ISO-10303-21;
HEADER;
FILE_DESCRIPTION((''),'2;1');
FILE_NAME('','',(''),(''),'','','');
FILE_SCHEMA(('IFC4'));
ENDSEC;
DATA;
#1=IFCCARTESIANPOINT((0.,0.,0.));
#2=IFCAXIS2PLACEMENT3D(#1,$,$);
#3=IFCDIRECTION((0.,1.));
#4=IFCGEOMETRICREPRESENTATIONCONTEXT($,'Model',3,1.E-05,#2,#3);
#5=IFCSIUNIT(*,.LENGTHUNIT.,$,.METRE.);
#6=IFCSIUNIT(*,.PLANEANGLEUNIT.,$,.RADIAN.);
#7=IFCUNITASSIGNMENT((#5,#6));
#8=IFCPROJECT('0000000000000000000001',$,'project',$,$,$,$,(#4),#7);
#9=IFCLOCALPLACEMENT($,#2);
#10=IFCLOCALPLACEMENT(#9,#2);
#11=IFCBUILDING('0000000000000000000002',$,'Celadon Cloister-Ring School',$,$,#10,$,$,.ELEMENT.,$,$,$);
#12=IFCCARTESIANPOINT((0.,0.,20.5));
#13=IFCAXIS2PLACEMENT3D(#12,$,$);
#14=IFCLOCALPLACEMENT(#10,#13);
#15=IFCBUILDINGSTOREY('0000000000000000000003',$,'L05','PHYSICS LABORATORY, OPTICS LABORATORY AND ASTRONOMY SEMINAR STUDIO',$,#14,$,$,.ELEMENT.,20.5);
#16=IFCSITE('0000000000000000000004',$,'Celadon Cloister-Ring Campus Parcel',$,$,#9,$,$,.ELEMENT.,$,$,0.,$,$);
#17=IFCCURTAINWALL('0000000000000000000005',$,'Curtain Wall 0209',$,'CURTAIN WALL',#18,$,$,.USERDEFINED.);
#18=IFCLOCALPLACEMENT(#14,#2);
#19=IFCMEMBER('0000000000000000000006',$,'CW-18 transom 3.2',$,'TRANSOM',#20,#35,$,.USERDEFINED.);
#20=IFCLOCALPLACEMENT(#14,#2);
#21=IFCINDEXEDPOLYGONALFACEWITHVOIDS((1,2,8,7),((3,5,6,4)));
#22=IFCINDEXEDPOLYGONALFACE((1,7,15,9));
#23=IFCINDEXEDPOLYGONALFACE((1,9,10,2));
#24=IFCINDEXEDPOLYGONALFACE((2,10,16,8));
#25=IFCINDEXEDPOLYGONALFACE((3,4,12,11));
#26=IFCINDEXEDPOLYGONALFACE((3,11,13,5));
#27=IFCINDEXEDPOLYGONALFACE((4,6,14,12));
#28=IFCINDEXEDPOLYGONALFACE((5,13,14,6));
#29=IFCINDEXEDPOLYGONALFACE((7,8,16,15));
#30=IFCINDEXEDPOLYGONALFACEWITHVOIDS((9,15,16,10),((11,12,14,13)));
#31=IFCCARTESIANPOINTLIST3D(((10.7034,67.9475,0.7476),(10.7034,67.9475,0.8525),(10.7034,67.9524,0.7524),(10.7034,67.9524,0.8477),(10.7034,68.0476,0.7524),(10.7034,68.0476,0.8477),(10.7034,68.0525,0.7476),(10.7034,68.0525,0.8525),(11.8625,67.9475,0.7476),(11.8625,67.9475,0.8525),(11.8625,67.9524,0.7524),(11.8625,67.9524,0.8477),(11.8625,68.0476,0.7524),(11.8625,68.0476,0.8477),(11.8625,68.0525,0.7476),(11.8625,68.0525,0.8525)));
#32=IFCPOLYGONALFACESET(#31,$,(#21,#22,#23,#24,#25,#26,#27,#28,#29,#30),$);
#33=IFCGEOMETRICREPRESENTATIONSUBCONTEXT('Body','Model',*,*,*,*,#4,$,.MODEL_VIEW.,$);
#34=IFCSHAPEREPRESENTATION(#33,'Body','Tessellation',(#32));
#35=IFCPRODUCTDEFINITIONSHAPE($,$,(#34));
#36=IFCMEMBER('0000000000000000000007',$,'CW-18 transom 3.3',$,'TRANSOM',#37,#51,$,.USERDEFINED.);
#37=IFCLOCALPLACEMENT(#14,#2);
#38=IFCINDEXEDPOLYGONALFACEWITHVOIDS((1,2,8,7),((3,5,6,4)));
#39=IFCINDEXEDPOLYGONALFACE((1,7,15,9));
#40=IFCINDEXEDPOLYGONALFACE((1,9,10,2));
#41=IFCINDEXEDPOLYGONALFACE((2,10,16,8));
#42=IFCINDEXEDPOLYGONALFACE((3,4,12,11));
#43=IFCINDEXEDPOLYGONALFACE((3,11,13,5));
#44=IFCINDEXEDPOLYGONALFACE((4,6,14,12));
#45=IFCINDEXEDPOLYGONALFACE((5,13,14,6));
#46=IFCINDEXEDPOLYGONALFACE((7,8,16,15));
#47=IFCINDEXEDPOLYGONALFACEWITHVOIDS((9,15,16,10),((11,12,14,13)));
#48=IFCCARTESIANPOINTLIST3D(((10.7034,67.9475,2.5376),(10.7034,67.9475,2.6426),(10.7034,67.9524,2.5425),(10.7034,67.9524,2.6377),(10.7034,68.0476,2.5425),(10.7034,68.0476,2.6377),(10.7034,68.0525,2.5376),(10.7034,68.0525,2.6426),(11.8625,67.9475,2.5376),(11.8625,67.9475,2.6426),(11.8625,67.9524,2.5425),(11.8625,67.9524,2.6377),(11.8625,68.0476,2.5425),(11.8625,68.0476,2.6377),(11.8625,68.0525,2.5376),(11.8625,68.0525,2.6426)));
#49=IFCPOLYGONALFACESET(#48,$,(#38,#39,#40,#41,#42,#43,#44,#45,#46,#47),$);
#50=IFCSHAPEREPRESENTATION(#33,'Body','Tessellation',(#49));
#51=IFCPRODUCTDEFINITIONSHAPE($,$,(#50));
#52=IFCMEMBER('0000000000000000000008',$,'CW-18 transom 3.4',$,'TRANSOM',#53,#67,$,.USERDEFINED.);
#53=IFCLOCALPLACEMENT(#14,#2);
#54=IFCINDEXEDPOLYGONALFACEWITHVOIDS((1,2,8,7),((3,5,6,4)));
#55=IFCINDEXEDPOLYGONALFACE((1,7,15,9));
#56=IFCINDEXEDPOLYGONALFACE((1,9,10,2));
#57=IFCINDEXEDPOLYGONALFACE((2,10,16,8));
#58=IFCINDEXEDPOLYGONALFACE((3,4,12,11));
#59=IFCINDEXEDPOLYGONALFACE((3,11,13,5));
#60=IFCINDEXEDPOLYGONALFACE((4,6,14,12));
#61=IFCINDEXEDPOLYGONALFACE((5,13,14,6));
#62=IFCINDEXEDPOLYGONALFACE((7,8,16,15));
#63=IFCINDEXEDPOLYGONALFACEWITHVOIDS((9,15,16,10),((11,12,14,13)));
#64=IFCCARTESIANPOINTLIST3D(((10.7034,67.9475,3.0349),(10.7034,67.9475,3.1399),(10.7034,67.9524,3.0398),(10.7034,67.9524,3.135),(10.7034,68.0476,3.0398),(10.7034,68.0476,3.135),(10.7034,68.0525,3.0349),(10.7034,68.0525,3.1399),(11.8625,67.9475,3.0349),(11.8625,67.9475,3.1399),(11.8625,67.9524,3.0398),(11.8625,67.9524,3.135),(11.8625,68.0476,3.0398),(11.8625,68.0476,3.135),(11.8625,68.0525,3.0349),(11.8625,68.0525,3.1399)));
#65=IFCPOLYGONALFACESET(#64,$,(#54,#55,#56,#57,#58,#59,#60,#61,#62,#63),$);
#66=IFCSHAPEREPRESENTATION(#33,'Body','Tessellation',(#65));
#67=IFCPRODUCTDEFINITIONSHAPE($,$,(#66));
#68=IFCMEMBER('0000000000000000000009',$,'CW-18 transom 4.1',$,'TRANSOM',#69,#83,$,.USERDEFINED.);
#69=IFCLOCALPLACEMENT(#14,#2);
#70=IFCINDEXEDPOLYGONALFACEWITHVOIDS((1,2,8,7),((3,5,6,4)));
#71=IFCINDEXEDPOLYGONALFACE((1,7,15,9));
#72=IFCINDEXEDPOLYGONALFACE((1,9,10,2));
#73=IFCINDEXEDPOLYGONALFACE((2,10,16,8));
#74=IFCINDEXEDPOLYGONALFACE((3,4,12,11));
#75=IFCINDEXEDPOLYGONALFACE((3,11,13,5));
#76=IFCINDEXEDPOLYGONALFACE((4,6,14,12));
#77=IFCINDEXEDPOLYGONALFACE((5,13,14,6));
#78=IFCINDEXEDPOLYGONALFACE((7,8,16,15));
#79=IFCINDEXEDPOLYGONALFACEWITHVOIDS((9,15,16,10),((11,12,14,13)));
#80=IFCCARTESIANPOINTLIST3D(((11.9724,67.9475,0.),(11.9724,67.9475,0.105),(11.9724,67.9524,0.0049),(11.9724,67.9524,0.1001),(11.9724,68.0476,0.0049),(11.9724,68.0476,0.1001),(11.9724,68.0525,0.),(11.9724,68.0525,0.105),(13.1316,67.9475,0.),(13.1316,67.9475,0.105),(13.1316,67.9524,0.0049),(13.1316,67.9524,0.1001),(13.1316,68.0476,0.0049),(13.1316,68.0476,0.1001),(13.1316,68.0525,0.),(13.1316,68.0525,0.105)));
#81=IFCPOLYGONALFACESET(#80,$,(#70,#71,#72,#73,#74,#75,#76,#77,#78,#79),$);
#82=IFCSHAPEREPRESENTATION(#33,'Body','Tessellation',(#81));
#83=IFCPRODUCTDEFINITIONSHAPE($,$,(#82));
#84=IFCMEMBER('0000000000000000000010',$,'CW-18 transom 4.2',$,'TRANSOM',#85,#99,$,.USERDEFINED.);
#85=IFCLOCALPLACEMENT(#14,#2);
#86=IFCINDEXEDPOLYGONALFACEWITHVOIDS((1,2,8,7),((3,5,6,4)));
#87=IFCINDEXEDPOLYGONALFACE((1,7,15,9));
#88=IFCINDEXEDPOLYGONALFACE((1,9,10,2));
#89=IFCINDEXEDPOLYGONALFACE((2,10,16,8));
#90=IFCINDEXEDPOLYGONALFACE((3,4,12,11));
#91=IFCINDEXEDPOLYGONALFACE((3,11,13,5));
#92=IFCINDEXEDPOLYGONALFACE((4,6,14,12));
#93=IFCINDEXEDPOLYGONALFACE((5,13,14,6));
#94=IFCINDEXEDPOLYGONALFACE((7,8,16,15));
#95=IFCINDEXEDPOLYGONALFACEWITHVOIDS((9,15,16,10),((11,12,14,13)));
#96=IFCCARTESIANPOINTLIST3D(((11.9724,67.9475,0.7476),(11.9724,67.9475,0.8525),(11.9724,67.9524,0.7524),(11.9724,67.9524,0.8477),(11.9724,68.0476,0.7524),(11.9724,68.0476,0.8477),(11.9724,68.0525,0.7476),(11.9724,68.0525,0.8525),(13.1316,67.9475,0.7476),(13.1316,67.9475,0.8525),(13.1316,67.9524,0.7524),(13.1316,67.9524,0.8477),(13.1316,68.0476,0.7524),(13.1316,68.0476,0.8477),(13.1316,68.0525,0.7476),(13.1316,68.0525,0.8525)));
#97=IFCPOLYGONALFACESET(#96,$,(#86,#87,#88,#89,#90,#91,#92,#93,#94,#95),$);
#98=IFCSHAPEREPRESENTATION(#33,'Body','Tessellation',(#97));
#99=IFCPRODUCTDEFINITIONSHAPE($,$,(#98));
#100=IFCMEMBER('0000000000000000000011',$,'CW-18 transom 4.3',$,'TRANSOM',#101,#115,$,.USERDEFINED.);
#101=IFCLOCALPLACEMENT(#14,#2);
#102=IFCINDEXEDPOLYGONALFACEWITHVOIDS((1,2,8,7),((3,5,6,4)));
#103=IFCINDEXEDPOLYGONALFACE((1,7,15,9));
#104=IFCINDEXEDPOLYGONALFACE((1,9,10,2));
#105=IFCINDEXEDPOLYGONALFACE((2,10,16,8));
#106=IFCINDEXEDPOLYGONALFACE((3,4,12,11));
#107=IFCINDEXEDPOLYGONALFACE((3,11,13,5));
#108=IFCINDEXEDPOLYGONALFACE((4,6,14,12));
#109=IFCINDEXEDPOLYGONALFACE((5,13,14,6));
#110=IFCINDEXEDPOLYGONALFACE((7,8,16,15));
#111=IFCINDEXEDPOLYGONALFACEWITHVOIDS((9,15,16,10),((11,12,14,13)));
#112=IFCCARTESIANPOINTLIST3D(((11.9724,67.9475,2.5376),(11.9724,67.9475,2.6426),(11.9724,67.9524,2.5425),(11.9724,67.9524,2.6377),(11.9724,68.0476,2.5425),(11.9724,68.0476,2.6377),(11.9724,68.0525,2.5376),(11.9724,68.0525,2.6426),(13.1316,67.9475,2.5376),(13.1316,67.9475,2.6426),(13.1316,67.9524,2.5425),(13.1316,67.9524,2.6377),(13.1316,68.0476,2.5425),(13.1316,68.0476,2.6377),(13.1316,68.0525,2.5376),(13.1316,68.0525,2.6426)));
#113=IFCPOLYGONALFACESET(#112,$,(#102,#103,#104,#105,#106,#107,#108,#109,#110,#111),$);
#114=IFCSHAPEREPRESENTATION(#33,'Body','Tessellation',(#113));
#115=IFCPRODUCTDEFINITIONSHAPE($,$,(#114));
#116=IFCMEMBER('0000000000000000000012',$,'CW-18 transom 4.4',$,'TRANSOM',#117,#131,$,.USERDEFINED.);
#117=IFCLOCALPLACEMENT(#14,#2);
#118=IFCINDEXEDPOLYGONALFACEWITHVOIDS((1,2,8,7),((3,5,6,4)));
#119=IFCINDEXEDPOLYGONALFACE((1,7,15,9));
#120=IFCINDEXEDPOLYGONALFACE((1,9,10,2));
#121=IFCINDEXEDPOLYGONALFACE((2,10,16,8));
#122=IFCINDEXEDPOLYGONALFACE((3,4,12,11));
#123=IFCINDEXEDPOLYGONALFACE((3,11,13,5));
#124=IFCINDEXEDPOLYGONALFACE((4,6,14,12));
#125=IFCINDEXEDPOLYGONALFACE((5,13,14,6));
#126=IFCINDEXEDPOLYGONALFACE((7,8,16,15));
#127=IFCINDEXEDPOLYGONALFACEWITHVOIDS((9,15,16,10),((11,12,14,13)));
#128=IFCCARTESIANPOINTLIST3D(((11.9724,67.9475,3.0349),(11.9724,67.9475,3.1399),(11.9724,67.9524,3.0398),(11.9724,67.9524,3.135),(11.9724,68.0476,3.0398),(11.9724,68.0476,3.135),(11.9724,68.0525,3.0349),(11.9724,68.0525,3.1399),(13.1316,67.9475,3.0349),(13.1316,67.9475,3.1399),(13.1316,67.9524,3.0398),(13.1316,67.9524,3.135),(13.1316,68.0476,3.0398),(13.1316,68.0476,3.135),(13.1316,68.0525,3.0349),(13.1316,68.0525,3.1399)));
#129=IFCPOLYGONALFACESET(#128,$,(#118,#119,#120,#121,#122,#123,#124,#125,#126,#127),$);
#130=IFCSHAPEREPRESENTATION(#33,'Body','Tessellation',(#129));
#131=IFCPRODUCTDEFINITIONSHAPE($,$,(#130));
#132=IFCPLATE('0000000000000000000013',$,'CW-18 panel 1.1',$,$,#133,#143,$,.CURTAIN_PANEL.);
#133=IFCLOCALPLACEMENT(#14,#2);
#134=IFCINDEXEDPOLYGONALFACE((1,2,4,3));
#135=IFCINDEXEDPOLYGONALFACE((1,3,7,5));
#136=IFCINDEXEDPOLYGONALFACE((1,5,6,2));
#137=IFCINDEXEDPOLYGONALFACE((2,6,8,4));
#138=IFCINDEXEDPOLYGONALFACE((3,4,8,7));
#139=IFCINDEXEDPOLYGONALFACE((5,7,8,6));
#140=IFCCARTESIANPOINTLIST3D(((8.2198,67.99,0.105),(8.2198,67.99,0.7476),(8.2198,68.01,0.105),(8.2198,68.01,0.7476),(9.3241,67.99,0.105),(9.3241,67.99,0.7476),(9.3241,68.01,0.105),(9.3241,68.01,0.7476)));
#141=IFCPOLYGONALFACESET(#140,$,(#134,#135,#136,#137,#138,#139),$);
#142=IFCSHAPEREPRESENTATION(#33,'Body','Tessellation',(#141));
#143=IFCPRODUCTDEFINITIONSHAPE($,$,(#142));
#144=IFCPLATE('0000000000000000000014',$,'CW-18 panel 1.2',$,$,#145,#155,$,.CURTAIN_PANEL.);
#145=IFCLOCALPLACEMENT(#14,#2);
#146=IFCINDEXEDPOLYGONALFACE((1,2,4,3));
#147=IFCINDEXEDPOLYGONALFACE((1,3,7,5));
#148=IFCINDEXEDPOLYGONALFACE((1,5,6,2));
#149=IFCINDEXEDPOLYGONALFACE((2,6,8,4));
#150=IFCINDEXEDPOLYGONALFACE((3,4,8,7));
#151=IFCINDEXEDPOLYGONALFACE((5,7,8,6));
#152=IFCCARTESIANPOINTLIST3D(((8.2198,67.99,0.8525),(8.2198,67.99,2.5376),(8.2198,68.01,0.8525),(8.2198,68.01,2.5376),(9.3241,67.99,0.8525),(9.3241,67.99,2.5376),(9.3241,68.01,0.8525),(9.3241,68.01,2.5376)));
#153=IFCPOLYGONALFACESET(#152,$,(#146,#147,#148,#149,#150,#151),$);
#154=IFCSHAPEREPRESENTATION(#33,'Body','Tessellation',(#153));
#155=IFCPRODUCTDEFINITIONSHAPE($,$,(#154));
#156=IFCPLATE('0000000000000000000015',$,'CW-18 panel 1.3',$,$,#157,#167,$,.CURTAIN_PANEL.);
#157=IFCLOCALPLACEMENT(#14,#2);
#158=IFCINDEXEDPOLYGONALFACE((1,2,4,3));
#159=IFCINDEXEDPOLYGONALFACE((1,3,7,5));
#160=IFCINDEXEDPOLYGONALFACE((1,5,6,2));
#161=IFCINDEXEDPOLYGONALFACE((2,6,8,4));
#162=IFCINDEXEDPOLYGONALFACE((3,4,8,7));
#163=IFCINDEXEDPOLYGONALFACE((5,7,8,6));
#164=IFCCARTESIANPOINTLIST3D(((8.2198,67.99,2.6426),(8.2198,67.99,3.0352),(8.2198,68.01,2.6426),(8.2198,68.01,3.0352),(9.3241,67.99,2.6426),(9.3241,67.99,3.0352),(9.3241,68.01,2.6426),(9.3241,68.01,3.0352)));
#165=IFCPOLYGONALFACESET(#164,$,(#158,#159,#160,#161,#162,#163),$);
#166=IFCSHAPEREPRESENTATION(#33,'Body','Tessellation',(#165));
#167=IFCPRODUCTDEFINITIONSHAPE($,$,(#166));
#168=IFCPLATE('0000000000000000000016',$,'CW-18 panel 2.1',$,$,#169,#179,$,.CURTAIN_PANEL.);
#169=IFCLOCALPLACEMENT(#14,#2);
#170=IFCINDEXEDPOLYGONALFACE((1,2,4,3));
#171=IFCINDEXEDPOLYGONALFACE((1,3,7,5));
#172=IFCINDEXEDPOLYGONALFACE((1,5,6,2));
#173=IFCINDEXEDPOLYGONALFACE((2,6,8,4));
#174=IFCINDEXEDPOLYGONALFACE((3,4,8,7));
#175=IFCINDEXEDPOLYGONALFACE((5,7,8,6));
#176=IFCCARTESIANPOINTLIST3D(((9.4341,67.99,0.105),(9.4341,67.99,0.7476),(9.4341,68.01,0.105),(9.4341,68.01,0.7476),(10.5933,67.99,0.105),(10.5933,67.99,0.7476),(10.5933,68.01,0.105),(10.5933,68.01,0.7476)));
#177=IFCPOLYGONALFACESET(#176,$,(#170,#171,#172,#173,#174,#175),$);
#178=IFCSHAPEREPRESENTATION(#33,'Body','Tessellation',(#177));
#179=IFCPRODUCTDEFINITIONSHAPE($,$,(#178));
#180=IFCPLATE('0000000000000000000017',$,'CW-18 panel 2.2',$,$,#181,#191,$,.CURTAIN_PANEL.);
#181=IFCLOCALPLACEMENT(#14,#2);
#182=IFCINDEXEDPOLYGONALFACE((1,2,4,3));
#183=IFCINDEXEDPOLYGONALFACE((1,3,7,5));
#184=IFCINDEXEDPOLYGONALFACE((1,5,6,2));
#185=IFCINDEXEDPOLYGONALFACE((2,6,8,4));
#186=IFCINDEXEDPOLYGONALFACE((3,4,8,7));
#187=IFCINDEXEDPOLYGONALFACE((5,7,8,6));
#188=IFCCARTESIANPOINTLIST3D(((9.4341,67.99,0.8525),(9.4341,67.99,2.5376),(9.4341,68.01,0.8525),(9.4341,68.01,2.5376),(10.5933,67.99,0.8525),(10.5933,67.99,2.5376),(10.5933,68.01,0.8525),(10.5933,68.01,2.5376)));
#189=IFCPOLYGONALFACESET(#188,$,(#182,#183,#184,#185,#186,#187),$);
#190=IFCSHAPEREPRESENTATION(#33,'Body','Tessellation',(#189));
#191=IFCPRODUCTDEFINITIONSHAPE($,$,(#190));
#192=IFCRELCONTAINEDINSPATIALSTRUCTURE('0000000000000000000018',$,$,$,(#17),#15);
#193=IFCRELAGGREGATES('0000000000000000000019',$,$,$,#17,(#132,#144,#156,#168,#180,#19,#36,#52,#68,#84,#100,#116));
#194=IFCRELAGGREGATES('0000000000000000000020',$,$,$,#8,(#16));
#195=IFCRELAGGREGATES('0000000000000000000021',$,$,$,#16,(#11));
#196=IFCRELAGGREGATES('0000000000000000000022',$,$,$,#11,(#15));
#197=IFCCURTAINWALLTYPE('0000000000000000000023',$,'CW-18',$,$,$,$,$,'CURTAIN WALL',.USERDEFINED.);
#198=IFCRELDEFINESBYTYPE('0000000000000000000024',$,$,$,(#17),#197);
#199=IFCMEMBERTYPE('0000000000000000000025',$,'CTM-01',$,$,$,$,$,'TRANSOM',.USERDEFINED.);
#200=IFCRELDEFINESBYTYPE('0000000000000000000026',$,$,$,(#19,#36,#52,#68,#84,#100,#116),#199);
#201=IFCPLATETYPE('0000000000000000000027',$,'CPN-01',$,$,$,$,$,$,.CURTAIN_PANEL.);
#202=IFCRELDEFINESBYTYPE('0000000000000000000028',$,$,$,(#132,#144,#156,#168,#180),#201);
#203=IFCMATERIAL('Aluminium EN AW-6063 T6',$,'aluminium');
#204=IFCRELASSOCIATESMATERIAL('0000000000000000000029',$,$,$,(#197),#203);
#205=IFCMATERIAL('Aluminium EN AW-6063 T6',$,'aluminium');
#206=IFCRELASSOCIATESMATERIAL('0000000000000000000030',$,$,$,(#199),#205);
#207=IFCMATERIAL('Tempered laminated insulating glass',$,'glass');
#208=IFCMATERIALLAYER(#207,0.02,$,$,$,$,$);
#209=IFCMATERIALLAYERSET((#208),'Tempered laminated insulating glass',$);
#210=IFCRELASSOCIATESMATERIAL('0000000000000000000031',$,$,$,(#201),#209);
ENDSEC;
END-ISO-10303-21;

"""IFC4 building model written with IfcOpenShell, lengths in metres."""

from ifc_helpers import new_model, si_unit, direction, frame, origin, origin_2d, place, context, subcontext, project, spatial, rectangle, hollow_rectangle, extrude, material, layer, layer_set, material_profile, profile_set, type_object, element, aggregate, save


model = new_model("IFC4")

# Units and contexts
model_context = context("Model", 3, precision=1e-05, world=origin(), true_north=direction((0.0, 1.0)))
body_context = subcontext(model_context, "Body", "Model", "MODEL_VIEW")
ifc_project = project(units=[si_unit("LENGTHUNIT", "METRE"), si_unit("PLANEANGLEUNIT", "RADIAN")], contexts=[model_context])

# Site, building, storey
site_placement = place(None, origin())
site = spatial("IfcSite", under=ifc_project, at=site_placement, Name="Celadon Cloister-Ring Campus Parcel", CompositionType="ELEMENT", RefElevation=0.0)
building_placement = place(site_placement, origin())
building = spatial("IfcBuilding", under=site, at=building_placement, Name="Celadon Cloister-Ring School", CompositionType="ELEMENT")
storey_placement = place(building_placement, frame((0.0, 0.0, 20.5)))
storey = spatial("IfcBuildingStorey", under=building, at=storey_placement, Name="L05", Description="PHYSICS LABORATORY, OPTICS LABORATORY AND ASTRONOMY SEMINAR STUDIO", CompositionType="ELEMENT", Elevation=20.5)

# Curtain wall, members, plates
ifc_material_1 = material(Name="Aluminium EN AW-6063 T6", Category="aluminium")
curtain_wall_type = type_object("IfcCurtainWallType", Name="CW-18", ElementType="CURTAIN WALL", PredefinedType="USERDEFINED", material=ifc_material_1)
curtain_wall_placement = place(storey_placement, origin())
curtain_wall = element("IfcCurtainWall", 1, at=curtain_wall_placement, inside=storey, type_object=curtain_wall_type, Name="Curtain Wall 0209", ObjectType="CURTAIN WALL", PredefinedType="USERDEFINED")
ifc_material_2 = material(Name="Aluminium EN AW-6063 T6", Category="aluminium")
ifc_material_profile_1 = material_profile(ifc_material_2, hollow_rectangle(XDim=0.105, YDim=0.105, WallThickness=0.0049, at=origin_2d()), Name="RHS105X105X5")
ifc_profile_set_1 = profile_set([ifc_material_profile_1], Name="Aluminium EN AW-6063 T6")
member_type_1 = type_object("IfcMemberType", Name="CTM-01", ElementType="TRANSOM", PredefinedType="USERDEFINED", material=ifc_profile_set_1)
member_1_placement = place(storey_placement, frame((10.7034, 68.0, 0.8), z_axis=(1.0, 0.0, 0.0), x_axis=(0.0, 1.0, 0.0)))
member_1 = element("IfcMember", 2, at=member_1_placement, type_object=member_type_1, Name="CW-18 transom 3.2", ObjectType="TRANSOM", PredefinedType="USERDEFINED", context=body_context, shape_type="SweptSolid", body=[
    extrude(hollow_rectangle(XDim=0.105, YDim=0.105, WallThickness=0.0049, at=origin_2d()), origin(), (0.0, 0.0, 1.0), 1.1592),
])
member_2_placement = place(storey_placement, frame((10.7034, 68.0, 2.5901), z_axis=(1.0, 0.0, 0.0), x_axis=(0.0, 1.0, 0.0)))
member_2 = element("IfcMember", 3, at=member_2_placement, type_object=member_type_1, Name="CW-18 transom 3.3", ObjectType="TRANSOM", PredefinedType="USERDEFINED", context=body_context, shape_type="SweptSolid", body=[
    extrude(hollow_rectangle(XDim=0.105, YDim=0.105, WallThickness=0.0049, at=origin_2d()), origin(), (0.0, 0.0, 1.0), 1.1592),
])
member_3_placement = place(storey_placement, frame((10.7034, 68.0, 3.0874), z_axis=(1.0, 0.0, 0.0), x_axis=(0.0, 1.0, 0.0)))
member_3 = element("IfcMember", 4, at=member_3_placement, type_object=member_type_1, Name="CW-18 transom 3.4", ObjectType="TRANSOM", PredefinedType="USERDEFINED", context=body_context, shape_type="SweptSolid", body=[
    extrude(hollow_rectangle(XDim=0.105, YDim=0.105, WallThickness=0.0049, at=origin_2d()), origin(), (0.0, 0.0, 1.0), 1.1592),
])
member_4_placement = place(storey_placement, frame((11.9724, 68.0, 0.0525), z_axis=(1.0, 0.0, 0.0), x_axis=(0.0, 1.0, 0.0)))
member_4 = element("IfcMember", 5, at=member_4_placement, type_object=member_type_1, Name="CW-18 transom 4.1", ObjectType="TRANSOM", PredefinedType="USERDEFINED", context=body_context, shape_type="SweptSolid", body=[
    extrude(hollow_rectangle(XDim=0.105, YDim=0.105, WallThickness=0.0049, at=origin_2d()), origin(), (0.0, 0.0, 1.0), 1.1592),
])
member_5_placement = place(storey_placement, frame((11.9724, 68.0, 0.8), z_axis=(1.0, 0.0, 0.0), x_axis=(0.0, 1.0, 0.0)))
member_5 = element("IfcMember", 6, at=member_5_placement, type_object=member_type_1, Name="CW-18 transom 4.2", ObjectType="TRANSOM", PredefinedType="USERDEFINED", context=body_context, shape_type="SweptSolid", body=[
    extrude(hollow_rectangle(XDim=0.105, YDim=0.105, WallThickness=0.0049, at=origin_2d()), origin(), (0.0, 0.0, 1.0), 1.1592),
])
member_6_placement = place(storey_placement, frame((11.9724, 68.0, 2.5901), z_axis=(1.0, 0.0, 0.0), x_axis=(0.0, 1.0, 0.0)))
member_6 = element("IfcMember", 7, at=member_6_placement, type_object=member_type_1, Name="CW-18 transom 4.3", ObjectType="TRANSOM", PredefinedType="USERDEFINED", context=body_context, shape_type="SweptSolid", body=[
    extrude(hollow_rectangle(XDim=0.105, YDim=0.105, WallThickness=0.0049, at=origin_2d()), origin(), (0.0, 0.0, 1.0), 1.1592),
])
member_7_placement = place(storey_placement, frame((11.9724, 68.0, 3.0874), z_axis=(1.0, 0.0, 0.0), x_axis=(0.0, 1.0, 0.0)))
member_7 = element("IfcMember", 8, at=member_7_placement, type_object=member_type_1, Name="CW-18 transom 4.4", ObjectType="TRANSOM", PredefinedType="USERDEFINED", context=body_context, shape_type="SweptSolid", body=[
    extrude(hollow_rectangle(XDim=0.105, YDim=0.105, WallThickness=0.0049, at=origin_2d()), origin(), (0.0, 0.0, 1.0), 1.1592),
])
ifc_material_3 = material(Name="Tempered laminated insulating glass", Category="glass")
ifc_layer = layer(ifc_material_3, 0.02)
ifc_layer_set = layer_set([ifc_layer], Name="Tempered laminated insulating glass")
plate_type = type_object("IfcPlateType", Name="CPN-01", PredefinedType="CURTAIN_PANEL", material=ifc_layer_set)
plate_1_placement = place(storey_placement, frame((8.772, 68.0, 0.105), z_axis=(0.0, 0.0, 1.0), x_axis=(1.0, 0.0, 0.0)))
plate_1 = element("IfcPlate", 9, at=plate_1_placement, type_object=plate_type, Name="CW-18 panel 1.1", PredefinedType="CURTAIN_PANEL", context=body_context, shape_type="SweptSolid", body=[
    extrude(rectangle(XDim=1.1042, YDim=0.02, at=origin_2d()), origin(), (0.0, 0.0, 1.0), 0.6426),
])
plate_2_placement = place(storey_placement, frame((8.772, 68.0, 0.8525), z_axis=(0.0, 0.0, 1.0), x_axis=(1.0, 0.0, 0.0)))
plate_2 = element("IfcPlate", 10, at=plate_2_placement, type_object=plate_type, Name="CW-18 panel 1.2", PredefinedType="CURTAIN_PANEL", context=body_context, shape_type="SweptSolid", body=[
    extrude(rectangle(XDim=1.1042, YDim=0.02, at=origin_2d()), origin(), (0.0, 0.0, 1.0), 1.6851),
])
plate_3_placement = place(storey_placement, frame((8.772, 68.0, 2.6426), z_axis=(0.0, 0.0, 1.0), x_axis=(1.0, 0.0, 0.0)))
plate_3 = element("IfcPlate", 11, at=plate_3_placement, type_object=plate_type, Name="CW-18 panel 1.3", PredefinedType="CURTAIN_PANEL", context=body_context, shape_type="SweptSolid", body=[
    extrude(rectangle(XDim=1.1042, YDim=0.02, at=origin_2d()), origin(), (0.0, 0.0, 1.0), 0.3926),
])
plate_4_placement = place(storey_placement, frame((10.0137, 68.0, 0.105), z_axis=(0.0, 0.0, 1.0), x_axis=(1.0, 0.0, 0.0)))
plate_4 = element("IfcPlate", 12, at=plate_4_placement, type_object=plate_type, Name="CW-18 panel 2.1", PredefinedType="CURTAIN_PANEL", context=body_context, shape_type="SweptSolid", body=[
    extrude(rectangle(XDim=1.1592, YDim=0.02, at=origin_2d()), origin(), (0.0, 0.0, 1.0), 0.6426),
])
plate_5_placement = place(storey_placement, frame((10.0137, 68.0, 0.8525), z_axis=(0.0, 0.0, 1.0), x_axis=(1.0, 0.0, 0.0)))
plate_5 = element("IfcPlate", 13, at=plate_5_placement, type_object=plate_type, Name="CW-18 panel 2.2", PredefinedType="CURTAIN_PANEL", context=body_context, shape_type="SweptSolid", body=[
    extrude(rectangle(XDim=1.1592, YDim=0.02, at=origin_2d()), origin(), (0.0, 0.0, 1.0), 1.6851),
])
aggregate(curtain_wall, [plate_1, plate_2, plate_3, plate_4, plate_5, member_1, member_2, member_3, member_4, member_5, member_6, member_7])

save(model, "model.ifc")
